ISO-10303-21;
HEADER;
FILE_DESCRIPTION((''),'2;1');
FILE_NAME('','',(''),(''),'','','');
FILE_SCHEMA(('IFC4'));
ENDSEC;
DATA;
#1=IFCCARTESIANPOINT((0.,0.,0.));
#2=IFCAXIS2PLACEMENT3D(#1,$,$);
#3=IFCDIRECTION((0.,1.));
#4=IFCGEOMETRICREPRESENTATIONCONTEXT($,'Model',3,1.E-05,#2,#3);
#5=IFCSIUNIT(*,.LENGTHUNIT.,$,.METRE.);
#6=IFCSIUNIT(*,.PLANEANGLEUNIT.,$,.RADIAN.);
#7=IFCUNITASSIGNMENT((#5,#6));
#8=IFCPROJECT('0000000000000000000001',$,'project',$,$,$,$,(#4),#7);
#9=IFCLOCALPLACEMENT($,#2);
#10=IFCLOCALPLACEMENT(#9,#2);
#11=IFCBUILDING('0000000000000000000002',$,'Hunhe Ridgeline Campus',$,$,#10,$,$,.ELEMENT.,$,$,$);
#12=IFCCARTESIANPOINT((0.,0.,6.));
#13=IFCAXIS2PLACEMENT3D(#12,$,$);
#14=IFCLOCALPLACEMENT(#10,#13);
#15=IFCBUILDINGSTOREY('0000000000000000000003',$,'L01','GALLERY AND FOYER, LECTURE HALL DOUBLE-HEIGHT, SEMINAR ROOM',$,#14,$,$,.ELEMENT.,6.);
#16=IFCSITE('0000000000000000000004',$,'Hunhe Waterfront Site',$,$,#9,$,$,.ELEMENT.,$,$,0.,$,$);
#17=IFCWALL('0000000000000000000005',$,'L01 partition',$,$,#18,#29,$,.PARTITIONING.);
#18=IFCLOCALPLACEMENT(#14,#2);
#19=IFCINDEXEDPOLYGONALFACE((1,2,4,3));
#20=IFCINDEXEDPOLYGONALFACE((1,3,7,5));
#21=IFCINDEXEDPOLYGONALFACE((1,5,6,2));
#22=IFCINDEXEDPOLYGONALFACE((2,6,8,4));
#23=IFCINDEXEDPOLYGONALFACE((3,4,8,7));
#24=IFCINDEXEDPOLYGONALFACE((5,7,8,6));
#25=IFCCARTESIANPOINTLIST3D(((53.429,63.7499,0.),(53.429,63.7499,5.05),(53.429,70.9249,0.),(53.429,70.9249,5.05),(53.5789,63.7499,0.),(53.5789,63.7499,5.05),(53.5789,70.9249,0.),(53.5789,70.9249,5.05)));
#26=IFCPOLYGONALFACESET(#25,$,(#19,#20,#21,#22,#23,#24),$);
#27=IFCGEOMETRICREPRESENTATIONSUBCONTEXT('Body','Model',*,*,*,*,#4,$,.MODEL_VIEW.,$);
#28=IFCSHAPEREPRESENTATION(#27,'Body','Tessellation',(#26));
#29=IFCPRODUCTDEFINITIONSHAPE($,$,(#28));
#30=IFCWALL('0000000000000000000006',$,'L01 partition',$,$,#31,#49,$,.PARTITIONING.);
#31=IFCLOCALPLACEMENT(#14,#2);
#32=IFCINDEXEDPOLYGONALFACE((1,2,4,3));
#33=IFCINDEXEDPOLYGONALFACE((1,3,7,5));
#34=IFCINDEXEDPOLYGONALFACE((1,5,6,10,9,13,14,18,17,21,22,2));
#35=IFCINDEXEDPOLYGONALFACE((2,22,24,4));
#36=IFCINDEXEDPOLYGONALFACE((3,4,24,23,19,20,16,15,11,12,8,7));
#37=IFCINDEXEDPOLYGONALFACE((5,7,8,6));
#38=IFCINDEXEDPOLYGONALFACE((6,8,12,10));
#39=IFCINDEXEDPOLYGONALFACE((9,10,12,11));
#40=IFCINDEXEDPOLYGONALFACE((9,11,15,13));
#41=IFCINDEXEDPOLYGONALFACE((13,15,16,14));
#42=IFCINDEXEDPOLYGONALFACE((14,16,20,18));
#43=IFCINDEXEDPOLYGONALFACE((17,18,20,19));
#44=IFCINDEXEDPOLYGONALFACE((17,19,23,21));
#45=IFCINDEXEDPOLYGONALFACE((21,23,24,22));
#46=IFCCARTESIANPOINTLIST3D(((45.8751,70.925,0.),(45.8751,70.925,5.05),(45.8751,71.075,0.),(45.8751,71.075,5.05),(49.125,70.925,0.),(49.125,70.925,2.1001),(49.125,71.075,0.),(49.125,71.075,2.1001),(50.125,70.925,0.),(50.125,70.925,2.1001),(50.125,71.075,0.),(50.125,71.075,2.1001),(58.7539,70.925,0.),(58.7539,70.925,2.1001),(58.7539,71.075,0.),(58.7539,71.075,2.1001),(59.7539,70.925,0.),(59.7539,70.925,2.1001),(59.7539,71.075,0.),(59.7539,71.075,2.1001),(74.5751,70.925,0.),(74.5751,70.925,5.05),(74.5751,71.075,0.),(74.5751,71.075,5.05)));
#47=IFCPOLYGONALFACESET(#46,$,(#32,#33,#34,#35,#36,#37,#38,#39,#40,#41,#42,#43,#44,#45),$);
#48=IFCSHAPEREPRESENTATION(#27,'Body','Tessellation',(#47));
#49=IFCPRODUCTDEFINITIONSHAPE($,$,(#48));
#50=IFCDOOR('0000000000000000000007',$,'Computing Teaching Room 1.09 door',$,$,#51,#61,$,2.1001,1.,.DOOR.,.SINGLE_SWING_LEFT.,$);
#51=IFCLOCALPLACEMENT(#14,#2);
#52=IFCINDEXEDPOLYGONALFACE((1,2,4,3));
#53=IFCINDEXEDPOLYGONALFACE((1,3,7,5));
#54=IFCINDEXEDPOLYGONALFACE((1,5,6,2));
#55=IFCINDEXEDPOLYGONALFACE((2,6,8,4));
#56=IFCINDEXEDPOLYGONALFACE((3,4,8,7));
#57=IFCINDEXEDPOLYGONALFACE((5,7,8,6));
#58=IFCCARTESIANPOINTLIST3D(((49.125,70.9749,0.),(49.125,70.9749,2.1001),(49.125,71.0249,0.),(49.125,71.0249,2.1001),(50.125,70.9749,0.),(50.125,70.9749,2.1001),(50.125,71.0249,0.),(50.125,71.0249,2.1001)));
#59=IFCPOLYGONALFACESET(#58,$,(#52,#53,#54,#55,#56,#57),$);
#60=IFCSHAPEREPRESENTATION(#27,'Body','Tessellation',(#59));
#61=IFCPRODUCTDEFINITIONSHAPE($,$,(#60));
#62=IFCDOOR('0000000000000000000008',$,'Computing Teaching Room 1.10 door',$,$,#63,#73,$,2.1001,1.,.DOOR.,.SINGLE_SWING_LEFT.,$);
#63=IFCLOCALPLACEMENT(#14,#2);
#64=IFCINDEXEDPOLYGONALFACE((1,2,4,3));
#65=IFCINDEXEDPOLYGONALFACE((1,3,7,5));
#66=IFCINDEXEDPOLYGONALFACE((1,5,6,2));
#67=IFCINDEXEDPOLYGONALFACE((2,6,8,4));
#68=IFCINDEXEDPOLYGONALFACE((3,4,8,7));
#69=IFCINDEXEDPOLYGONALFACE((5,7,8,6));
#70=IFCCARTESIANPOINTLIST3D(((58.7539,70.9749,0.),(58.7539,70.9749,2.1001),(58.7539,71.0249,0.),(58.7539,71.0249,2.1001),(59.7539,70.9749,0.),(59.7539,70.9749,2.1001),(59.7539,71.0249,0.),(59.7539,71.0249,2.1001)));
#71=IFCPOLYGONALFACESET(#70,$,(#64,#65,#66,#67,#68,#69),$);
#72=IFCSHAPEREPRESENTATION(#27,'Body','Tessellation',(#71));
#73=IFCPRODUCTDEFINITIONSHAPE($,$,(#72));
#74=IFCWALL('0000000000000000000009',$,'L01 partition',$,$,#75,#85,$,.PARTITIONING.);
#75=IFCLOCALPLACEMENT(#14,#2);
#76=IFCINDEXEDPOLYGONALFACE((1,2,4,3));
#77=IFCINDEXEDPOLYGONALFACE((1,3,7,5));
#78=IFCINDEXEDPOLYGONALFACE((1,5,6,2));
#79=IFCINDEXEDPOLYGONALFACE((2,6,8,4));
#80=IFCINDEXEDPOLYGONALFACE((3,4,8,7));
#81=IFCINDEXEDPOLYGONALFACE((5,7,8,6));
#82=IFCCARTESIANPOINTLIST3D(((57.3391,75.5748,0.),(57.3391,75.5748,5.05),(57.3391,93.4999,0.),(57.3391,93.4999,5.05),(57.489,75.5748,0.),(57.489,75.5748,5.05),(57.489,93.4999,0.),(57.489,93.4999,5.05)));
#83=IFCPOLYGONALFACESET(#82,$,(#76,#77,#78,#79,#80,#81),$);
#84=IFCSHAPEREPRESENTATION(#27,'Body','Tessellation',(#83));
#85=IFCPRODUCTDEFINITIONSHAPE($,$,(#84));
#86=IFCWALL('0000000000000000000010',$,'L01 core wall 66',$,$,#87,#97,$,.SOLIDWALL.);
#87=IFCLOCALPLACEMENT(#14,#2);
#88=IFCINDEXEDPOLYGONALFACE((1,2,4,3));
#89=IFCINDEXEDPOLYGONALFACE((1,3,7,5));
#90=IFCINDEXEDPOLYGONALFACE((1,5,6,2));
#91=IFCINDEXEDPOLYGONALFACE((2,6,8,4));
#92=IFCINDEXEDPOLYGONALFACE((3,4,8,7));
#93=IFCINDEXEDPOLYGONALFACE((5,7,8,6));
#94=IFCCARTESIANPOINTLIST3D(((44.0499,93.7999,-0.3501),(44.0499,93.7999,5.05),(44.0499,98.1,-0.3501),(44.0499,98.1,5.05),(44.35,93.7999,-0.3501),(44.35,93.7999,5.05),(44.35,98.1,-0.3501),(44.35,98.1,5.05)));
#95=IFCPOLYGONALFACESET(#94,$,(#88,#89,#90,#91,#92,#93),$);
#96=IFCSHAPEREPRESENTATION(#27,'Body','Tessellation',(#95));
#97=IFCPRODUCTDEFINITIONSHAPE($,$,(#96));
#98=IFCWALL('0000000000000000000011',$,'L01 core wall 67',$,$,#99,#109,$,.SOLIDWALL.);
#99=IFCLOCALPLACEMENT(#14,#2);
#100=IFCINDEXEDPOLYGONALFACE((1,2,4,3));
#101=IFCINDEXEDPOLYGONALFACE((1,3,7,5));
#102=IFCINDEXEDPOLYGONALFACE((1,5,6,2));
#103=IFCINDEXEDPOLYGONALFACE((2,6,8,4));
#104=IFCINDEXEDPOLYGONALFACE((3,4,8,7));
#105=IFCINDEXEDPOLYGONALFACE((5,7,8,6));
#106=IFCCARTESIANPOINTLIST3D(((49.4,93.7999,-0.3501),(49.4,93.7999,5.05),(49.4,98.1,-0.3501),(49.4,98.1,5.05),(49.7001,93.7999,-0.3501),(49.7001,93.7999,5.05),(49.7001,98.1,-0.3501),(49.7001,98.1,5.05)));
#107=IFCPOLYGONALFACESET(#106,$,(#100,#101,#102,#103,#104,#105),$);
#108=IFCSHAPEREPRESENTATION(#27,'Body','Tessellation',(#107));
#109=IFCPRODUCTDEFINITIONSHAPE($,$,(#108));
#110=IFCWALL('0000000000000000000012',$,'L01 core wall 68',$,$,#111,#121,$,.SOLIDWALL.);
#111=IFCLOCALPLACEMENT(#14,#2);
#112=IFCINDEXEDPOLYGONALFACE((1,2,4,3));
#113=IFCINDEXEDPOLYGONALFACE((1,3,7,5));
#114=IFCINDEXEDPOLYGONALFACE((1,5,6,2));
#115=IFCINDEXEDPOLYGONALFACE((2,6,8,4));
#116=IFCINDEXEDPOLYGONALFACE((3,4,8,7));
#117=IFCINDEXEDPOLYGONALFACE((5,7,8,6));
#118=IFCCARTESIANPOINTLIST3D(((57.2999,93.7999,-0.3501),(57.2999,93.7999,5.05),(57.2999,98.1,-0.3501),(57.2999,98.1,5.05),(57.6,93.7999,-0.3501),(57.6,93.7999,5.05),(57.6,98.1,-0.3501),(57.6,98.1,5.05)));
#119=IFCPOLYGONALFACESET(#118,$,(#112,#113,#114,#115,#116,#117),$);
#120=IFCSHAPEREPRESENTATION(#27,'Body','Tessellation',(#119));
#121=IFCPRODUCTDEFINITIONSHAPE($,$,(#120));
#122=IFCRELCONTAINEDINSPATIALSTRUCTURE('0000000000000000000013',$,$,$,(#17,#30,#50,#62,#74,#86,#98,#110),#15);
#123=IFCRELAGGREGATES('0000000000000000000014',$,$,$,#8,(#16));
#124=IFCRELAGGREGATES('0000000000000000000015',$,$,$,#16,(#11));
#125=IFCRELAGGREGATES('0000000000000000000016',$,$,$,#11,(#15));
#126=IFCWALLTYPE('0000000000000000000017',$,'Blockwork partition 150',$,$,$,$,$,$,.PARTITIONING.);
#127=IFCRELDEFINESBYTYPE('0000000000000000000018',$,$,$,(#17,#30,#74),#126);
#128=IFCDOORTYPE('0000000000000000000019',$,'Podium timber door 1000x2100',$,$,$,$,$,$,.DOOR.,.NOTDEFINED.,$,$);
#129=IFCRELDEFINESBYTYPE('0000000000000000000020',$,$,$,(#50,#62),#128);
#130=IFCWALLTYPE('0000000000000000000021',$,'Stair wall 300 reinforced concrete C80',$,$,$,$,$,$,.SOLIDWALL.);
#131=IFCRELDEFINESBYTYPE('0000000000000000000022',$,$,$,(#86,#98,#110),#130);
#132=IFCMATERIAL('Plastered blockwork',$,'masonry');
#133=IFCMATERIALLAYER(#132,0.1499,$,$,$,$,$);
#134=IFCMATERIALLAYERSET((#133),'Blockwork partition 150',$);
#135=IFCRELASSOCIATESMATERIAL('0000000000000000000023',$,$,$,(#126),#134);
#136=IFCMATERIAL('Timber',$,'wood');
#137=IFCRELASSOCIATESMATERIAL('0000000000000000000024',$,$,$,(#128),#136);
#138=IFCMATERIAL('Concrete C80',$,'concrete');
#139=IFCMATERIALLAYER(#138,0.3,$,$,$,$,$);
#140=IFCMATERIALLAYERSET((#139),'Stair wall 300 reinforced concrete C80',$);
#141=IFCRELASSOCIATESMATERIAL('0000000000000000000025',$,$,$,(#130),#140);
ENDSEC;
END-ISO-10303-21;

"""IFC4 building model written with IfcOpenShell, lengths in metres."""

from ifc_helpers import new_model, si_unit, direction, frame, frame_2d, origin, place, context, subcontext, project, spatial, rectangle, extrude, material, layer, layer_set, type_object, element, fill, save


model = new_model("IFC4")

# Units and contexts
model_context = context("Model", 3, precision=1e-05, world=origin(), true_north=direction((0.0, 1.0)))
body_context = subcontext(model_context, "Body", "Model", "MODEL_VIEW")
ifc_project = project(units=[si_unit("LENGTHUNIT", "METRE"), si_unit("PLANEANGLEUNIT", "RADIAN")], contexts=[model_context])

# Site, building, storey
site_placement = place(None, origin())
site = spatial("IfcSite", under=ifc_project, at=site_placement, Name="Hunhe Waterfront Site", CompositionType="ELEMENT", RefElevation=0.0)
building_placement = place(site_placement, origin())
building = spatial("IfcBuilding", under=site, at=building_placement, Name="Hunhe Ridgeline Campus", CompositionType="ELEMENT")
storey_placement = place(building_placement, frame((0.0, 0.0, 6.0)))
storey = spatial("IfcBuildingStorey", under=building, at=storey_placement, Name="L01", Description="GALLERY AND FOYER, LECTURE HALL DOUBLE-HEIGHT, SEMINAR ROOM", CompositionType="ELEMENT", Elevation=6.0)

# Shared definitions
ifc_material_1 = material(Name="Concrete C80", Category="concrete")

# Shared definitions
ifc_material_2 = material(Name="Plastered blockwork", Category="masonry")
ifc_layer_1 = layer(ifc_material_2, 0.1499)
ifc_layer_set_1 = layer_set([ifc_layer_1], Name="Blockwork partition 150")
wall_type_1 = type_object("IfcWallType", Name="Blockwork partition 150", PredefinedType="PARTITIONING", material=ifc_layer_set_1)

# Shared definitions
ifc_material_3 = material(Name="Timber", Category="wood")
door_type_1 = type_object("IfcDoorType", Name="Podium timber door 1000x2100", OperationType="NOTDEFINED", PredefinedType="DOOR", material=ifc_material_3)

# Wall
wall_1_placement = place(storey_placement, frame((53.5039, 63.75, 0.0), z_axis=(0.0, 0.0, 1.0), x_axis=(0.0, 1.0, 0.0)))
element("IfcWall", 1, at=wall_1_placement, inside=storey, type_object=wall_type_1, Name="L01 partition", PredefinedType="PARTITIONING", context=body_context, shape_type="SweptSolid", body=[
    extrude(rectangle(XDim=7.175, YDim=0.1499, at=frame_2d((3.5874, 0.0))), origin(), (0.0, 0.0, 1.0), 5.05),
])

# Wall, openings, doors
wall_2_placement = place(storey_placement, frame((45.875, 71.0, 0.0), z_axis=(0.0, 0.0, 1.0), x_axis=(1.0, 0.0, 0.0)))
wall_2 = element("IfcWall", 2, at=wall_2_placement, inside=storey, type_object=wall_type_1, Name="L01 partition", PredefinedType="PARTITIONING", context=body_context, shape_type="SweptSolid", body=[
    extrude(rectangle(XDim=28.7, YDim=0.1499, at=frame_2d((14.3501, 0.0))), origin(), (0.0, 0.0, 1.0), 5.05),
])
opening_1_placement = place(wall_2_placement, frame((3.25, 0.0, 0.0)))
opening_1 = element("IfcOpeningElement", 3, at=opening_1_placement, cuts=wall_2, PredefinedType="OPENING", context=body_context, shape_type="SweptSolid", body=[
    extrude(rectangle(XDim=1.0, YDim=2.1001, at=frame_2d((0.5, 1.05))), frame((0.0, 0.075, 0.0), z_axis=(0.0, -1.0, 0.0), x_axis=(1.0, 0.0, 0.0)), (0.0, 0.0, 1.0), 0.1499),
])
opening_2_placement = place(wall_2_placement, frame((12.8789, 0.0, 0.0)))
opening_2 = element("IfcOpeningElement", 4, at=opening_2_placement, cuts=wall_2, PredefinedType="OPENING", context=body_context, shape_type="SweptSolid", body=[
    extrude(rectangle(XDim=1.0, YDim=2.1001, at=frame_2d((0.5, 1.05))), frame((0.0, 0.075, 0.0), z_axis=(0.0, -1.0, 0.0), x_axis=(1.0, 0.0, 0.0)), (0.0, 0.0, 1.0), 0.1499),
])
door_1_placement = place(opening_1_placement, origin())
door_1 = element("IfcDoor", 5, at=door_1_placement, inside=storey, type_object=door_type_1, Name="Computing Teaching Room 1.09 door", OperationType="SINGLE_SWING_LEFT", OverallHeight=2.1001, OverallWidth=1.0, PredefinedType="DOOR", context=body_context, shape_type="SweptSolid", body=[
    extrude(rectangle(XDim=1.0, YDim=2.1001, at=frame_2d((0.5, 1.05))), frame((0.0, 0.0249, 0.0), z_axis=(0.0, -1.0, 0.0), x_axis=(1.0, 0.0, 0.0)), (0.0, 0.0, 1.0), 0.05),
])
fill(opening_1, door_1)
door_2_placement = place(opening_2_placement, origin())
door_2 = element("IfcDoor", 6, at=door_2_placement, inside=storey, type_object=door_type_1, Name="Computing Teaching Room 1.10 door", OperationType="SINGLE_SWING_LEFT", OverallHeight=2.1001, OverallWidth=1.0, PredefinedType="DOOR", context=body_context, shape_type="SweptSolid", body=[
    extrude(rectangle(XDim=1.0, YDim=2.1001, at=frame_2d((0.5, 1.05))), frame((0.0, 0.0249, 0.0), z_axis=(0.0, -1.0, 0.0), x_axis=(1.0, 0.0, 0.0)), (0.0, 0.0, 1.0), 0.05),
])
fill(opening_2, door_2)

# Wall
wall_3_placement = place(storey_placement, frame((57.4141, 75.575, 0.0), z_axis=(0.0, 0.0, 1.0), x_axis=(0.0, 1.0, 0.0)))
element("IfcWall", 7, at=wall_3_placement, inside=storey, type_object=wall_type_1, Name="L01 partition", PredefinedType="PARTITIONING", context=body_context, shape_type="SweptSolid", body=[
    extrude(rectangle(XDim=17.925, YDim=0.1499, at=frame_2d((8.9624, 0.0))), origin(), (0.0, 0.0, 1.0), 5.05),
])

# Shared definitions
ifc_layer_2 = layer(ifc_material_1, 0.3)
ifc_layer_set_2 = layer_set([ifc_layer_2], Name="Stair wall 300 reinforced concrete C80")
wall_type_2 = type_object("IfcWallType", Name="Stair wall 300 reinforced concrete C80", PredefinedType="SOLIDWALL", material=ifc_layer_set_2)

# Walls
for number, where, z_axis, x_axis, name in (
    (8, (44.2, 93.8, -0.3501), (0.0, 0.0, 1.0), (0.0, 1.0, 0.0), "L01 core wall 66"),
    (9, (49.55, 93.8, -0.3501), (0.0, 0.0, 1.0), (0.0, 1.0, 0.0), "L01 core wall 67"),
    (10, (57.45, 93.8, -0.3501), (0.0, 0.0, 1.0), (0.0, 1.0, 0.0), "L01 core wall 68"),
):
    element("IfcWall", number, at=place(storey_placement, frame(where, z_axis=z_axis, x_axis=x_axis)), inside=storey, type_object=wall_type_2, Name=name, PredefinedType="SOLIDWALL", context=body_context, shape_type="SweptSolid", body=[
        extrude(rectangle(XDim=4.3, YDim=0.3, at=frame_2d((2.1499, 0.0))), origin(), (0.0, 0.0, 1.0), 5.4001),
    ])

save(model, "model.ifc")
